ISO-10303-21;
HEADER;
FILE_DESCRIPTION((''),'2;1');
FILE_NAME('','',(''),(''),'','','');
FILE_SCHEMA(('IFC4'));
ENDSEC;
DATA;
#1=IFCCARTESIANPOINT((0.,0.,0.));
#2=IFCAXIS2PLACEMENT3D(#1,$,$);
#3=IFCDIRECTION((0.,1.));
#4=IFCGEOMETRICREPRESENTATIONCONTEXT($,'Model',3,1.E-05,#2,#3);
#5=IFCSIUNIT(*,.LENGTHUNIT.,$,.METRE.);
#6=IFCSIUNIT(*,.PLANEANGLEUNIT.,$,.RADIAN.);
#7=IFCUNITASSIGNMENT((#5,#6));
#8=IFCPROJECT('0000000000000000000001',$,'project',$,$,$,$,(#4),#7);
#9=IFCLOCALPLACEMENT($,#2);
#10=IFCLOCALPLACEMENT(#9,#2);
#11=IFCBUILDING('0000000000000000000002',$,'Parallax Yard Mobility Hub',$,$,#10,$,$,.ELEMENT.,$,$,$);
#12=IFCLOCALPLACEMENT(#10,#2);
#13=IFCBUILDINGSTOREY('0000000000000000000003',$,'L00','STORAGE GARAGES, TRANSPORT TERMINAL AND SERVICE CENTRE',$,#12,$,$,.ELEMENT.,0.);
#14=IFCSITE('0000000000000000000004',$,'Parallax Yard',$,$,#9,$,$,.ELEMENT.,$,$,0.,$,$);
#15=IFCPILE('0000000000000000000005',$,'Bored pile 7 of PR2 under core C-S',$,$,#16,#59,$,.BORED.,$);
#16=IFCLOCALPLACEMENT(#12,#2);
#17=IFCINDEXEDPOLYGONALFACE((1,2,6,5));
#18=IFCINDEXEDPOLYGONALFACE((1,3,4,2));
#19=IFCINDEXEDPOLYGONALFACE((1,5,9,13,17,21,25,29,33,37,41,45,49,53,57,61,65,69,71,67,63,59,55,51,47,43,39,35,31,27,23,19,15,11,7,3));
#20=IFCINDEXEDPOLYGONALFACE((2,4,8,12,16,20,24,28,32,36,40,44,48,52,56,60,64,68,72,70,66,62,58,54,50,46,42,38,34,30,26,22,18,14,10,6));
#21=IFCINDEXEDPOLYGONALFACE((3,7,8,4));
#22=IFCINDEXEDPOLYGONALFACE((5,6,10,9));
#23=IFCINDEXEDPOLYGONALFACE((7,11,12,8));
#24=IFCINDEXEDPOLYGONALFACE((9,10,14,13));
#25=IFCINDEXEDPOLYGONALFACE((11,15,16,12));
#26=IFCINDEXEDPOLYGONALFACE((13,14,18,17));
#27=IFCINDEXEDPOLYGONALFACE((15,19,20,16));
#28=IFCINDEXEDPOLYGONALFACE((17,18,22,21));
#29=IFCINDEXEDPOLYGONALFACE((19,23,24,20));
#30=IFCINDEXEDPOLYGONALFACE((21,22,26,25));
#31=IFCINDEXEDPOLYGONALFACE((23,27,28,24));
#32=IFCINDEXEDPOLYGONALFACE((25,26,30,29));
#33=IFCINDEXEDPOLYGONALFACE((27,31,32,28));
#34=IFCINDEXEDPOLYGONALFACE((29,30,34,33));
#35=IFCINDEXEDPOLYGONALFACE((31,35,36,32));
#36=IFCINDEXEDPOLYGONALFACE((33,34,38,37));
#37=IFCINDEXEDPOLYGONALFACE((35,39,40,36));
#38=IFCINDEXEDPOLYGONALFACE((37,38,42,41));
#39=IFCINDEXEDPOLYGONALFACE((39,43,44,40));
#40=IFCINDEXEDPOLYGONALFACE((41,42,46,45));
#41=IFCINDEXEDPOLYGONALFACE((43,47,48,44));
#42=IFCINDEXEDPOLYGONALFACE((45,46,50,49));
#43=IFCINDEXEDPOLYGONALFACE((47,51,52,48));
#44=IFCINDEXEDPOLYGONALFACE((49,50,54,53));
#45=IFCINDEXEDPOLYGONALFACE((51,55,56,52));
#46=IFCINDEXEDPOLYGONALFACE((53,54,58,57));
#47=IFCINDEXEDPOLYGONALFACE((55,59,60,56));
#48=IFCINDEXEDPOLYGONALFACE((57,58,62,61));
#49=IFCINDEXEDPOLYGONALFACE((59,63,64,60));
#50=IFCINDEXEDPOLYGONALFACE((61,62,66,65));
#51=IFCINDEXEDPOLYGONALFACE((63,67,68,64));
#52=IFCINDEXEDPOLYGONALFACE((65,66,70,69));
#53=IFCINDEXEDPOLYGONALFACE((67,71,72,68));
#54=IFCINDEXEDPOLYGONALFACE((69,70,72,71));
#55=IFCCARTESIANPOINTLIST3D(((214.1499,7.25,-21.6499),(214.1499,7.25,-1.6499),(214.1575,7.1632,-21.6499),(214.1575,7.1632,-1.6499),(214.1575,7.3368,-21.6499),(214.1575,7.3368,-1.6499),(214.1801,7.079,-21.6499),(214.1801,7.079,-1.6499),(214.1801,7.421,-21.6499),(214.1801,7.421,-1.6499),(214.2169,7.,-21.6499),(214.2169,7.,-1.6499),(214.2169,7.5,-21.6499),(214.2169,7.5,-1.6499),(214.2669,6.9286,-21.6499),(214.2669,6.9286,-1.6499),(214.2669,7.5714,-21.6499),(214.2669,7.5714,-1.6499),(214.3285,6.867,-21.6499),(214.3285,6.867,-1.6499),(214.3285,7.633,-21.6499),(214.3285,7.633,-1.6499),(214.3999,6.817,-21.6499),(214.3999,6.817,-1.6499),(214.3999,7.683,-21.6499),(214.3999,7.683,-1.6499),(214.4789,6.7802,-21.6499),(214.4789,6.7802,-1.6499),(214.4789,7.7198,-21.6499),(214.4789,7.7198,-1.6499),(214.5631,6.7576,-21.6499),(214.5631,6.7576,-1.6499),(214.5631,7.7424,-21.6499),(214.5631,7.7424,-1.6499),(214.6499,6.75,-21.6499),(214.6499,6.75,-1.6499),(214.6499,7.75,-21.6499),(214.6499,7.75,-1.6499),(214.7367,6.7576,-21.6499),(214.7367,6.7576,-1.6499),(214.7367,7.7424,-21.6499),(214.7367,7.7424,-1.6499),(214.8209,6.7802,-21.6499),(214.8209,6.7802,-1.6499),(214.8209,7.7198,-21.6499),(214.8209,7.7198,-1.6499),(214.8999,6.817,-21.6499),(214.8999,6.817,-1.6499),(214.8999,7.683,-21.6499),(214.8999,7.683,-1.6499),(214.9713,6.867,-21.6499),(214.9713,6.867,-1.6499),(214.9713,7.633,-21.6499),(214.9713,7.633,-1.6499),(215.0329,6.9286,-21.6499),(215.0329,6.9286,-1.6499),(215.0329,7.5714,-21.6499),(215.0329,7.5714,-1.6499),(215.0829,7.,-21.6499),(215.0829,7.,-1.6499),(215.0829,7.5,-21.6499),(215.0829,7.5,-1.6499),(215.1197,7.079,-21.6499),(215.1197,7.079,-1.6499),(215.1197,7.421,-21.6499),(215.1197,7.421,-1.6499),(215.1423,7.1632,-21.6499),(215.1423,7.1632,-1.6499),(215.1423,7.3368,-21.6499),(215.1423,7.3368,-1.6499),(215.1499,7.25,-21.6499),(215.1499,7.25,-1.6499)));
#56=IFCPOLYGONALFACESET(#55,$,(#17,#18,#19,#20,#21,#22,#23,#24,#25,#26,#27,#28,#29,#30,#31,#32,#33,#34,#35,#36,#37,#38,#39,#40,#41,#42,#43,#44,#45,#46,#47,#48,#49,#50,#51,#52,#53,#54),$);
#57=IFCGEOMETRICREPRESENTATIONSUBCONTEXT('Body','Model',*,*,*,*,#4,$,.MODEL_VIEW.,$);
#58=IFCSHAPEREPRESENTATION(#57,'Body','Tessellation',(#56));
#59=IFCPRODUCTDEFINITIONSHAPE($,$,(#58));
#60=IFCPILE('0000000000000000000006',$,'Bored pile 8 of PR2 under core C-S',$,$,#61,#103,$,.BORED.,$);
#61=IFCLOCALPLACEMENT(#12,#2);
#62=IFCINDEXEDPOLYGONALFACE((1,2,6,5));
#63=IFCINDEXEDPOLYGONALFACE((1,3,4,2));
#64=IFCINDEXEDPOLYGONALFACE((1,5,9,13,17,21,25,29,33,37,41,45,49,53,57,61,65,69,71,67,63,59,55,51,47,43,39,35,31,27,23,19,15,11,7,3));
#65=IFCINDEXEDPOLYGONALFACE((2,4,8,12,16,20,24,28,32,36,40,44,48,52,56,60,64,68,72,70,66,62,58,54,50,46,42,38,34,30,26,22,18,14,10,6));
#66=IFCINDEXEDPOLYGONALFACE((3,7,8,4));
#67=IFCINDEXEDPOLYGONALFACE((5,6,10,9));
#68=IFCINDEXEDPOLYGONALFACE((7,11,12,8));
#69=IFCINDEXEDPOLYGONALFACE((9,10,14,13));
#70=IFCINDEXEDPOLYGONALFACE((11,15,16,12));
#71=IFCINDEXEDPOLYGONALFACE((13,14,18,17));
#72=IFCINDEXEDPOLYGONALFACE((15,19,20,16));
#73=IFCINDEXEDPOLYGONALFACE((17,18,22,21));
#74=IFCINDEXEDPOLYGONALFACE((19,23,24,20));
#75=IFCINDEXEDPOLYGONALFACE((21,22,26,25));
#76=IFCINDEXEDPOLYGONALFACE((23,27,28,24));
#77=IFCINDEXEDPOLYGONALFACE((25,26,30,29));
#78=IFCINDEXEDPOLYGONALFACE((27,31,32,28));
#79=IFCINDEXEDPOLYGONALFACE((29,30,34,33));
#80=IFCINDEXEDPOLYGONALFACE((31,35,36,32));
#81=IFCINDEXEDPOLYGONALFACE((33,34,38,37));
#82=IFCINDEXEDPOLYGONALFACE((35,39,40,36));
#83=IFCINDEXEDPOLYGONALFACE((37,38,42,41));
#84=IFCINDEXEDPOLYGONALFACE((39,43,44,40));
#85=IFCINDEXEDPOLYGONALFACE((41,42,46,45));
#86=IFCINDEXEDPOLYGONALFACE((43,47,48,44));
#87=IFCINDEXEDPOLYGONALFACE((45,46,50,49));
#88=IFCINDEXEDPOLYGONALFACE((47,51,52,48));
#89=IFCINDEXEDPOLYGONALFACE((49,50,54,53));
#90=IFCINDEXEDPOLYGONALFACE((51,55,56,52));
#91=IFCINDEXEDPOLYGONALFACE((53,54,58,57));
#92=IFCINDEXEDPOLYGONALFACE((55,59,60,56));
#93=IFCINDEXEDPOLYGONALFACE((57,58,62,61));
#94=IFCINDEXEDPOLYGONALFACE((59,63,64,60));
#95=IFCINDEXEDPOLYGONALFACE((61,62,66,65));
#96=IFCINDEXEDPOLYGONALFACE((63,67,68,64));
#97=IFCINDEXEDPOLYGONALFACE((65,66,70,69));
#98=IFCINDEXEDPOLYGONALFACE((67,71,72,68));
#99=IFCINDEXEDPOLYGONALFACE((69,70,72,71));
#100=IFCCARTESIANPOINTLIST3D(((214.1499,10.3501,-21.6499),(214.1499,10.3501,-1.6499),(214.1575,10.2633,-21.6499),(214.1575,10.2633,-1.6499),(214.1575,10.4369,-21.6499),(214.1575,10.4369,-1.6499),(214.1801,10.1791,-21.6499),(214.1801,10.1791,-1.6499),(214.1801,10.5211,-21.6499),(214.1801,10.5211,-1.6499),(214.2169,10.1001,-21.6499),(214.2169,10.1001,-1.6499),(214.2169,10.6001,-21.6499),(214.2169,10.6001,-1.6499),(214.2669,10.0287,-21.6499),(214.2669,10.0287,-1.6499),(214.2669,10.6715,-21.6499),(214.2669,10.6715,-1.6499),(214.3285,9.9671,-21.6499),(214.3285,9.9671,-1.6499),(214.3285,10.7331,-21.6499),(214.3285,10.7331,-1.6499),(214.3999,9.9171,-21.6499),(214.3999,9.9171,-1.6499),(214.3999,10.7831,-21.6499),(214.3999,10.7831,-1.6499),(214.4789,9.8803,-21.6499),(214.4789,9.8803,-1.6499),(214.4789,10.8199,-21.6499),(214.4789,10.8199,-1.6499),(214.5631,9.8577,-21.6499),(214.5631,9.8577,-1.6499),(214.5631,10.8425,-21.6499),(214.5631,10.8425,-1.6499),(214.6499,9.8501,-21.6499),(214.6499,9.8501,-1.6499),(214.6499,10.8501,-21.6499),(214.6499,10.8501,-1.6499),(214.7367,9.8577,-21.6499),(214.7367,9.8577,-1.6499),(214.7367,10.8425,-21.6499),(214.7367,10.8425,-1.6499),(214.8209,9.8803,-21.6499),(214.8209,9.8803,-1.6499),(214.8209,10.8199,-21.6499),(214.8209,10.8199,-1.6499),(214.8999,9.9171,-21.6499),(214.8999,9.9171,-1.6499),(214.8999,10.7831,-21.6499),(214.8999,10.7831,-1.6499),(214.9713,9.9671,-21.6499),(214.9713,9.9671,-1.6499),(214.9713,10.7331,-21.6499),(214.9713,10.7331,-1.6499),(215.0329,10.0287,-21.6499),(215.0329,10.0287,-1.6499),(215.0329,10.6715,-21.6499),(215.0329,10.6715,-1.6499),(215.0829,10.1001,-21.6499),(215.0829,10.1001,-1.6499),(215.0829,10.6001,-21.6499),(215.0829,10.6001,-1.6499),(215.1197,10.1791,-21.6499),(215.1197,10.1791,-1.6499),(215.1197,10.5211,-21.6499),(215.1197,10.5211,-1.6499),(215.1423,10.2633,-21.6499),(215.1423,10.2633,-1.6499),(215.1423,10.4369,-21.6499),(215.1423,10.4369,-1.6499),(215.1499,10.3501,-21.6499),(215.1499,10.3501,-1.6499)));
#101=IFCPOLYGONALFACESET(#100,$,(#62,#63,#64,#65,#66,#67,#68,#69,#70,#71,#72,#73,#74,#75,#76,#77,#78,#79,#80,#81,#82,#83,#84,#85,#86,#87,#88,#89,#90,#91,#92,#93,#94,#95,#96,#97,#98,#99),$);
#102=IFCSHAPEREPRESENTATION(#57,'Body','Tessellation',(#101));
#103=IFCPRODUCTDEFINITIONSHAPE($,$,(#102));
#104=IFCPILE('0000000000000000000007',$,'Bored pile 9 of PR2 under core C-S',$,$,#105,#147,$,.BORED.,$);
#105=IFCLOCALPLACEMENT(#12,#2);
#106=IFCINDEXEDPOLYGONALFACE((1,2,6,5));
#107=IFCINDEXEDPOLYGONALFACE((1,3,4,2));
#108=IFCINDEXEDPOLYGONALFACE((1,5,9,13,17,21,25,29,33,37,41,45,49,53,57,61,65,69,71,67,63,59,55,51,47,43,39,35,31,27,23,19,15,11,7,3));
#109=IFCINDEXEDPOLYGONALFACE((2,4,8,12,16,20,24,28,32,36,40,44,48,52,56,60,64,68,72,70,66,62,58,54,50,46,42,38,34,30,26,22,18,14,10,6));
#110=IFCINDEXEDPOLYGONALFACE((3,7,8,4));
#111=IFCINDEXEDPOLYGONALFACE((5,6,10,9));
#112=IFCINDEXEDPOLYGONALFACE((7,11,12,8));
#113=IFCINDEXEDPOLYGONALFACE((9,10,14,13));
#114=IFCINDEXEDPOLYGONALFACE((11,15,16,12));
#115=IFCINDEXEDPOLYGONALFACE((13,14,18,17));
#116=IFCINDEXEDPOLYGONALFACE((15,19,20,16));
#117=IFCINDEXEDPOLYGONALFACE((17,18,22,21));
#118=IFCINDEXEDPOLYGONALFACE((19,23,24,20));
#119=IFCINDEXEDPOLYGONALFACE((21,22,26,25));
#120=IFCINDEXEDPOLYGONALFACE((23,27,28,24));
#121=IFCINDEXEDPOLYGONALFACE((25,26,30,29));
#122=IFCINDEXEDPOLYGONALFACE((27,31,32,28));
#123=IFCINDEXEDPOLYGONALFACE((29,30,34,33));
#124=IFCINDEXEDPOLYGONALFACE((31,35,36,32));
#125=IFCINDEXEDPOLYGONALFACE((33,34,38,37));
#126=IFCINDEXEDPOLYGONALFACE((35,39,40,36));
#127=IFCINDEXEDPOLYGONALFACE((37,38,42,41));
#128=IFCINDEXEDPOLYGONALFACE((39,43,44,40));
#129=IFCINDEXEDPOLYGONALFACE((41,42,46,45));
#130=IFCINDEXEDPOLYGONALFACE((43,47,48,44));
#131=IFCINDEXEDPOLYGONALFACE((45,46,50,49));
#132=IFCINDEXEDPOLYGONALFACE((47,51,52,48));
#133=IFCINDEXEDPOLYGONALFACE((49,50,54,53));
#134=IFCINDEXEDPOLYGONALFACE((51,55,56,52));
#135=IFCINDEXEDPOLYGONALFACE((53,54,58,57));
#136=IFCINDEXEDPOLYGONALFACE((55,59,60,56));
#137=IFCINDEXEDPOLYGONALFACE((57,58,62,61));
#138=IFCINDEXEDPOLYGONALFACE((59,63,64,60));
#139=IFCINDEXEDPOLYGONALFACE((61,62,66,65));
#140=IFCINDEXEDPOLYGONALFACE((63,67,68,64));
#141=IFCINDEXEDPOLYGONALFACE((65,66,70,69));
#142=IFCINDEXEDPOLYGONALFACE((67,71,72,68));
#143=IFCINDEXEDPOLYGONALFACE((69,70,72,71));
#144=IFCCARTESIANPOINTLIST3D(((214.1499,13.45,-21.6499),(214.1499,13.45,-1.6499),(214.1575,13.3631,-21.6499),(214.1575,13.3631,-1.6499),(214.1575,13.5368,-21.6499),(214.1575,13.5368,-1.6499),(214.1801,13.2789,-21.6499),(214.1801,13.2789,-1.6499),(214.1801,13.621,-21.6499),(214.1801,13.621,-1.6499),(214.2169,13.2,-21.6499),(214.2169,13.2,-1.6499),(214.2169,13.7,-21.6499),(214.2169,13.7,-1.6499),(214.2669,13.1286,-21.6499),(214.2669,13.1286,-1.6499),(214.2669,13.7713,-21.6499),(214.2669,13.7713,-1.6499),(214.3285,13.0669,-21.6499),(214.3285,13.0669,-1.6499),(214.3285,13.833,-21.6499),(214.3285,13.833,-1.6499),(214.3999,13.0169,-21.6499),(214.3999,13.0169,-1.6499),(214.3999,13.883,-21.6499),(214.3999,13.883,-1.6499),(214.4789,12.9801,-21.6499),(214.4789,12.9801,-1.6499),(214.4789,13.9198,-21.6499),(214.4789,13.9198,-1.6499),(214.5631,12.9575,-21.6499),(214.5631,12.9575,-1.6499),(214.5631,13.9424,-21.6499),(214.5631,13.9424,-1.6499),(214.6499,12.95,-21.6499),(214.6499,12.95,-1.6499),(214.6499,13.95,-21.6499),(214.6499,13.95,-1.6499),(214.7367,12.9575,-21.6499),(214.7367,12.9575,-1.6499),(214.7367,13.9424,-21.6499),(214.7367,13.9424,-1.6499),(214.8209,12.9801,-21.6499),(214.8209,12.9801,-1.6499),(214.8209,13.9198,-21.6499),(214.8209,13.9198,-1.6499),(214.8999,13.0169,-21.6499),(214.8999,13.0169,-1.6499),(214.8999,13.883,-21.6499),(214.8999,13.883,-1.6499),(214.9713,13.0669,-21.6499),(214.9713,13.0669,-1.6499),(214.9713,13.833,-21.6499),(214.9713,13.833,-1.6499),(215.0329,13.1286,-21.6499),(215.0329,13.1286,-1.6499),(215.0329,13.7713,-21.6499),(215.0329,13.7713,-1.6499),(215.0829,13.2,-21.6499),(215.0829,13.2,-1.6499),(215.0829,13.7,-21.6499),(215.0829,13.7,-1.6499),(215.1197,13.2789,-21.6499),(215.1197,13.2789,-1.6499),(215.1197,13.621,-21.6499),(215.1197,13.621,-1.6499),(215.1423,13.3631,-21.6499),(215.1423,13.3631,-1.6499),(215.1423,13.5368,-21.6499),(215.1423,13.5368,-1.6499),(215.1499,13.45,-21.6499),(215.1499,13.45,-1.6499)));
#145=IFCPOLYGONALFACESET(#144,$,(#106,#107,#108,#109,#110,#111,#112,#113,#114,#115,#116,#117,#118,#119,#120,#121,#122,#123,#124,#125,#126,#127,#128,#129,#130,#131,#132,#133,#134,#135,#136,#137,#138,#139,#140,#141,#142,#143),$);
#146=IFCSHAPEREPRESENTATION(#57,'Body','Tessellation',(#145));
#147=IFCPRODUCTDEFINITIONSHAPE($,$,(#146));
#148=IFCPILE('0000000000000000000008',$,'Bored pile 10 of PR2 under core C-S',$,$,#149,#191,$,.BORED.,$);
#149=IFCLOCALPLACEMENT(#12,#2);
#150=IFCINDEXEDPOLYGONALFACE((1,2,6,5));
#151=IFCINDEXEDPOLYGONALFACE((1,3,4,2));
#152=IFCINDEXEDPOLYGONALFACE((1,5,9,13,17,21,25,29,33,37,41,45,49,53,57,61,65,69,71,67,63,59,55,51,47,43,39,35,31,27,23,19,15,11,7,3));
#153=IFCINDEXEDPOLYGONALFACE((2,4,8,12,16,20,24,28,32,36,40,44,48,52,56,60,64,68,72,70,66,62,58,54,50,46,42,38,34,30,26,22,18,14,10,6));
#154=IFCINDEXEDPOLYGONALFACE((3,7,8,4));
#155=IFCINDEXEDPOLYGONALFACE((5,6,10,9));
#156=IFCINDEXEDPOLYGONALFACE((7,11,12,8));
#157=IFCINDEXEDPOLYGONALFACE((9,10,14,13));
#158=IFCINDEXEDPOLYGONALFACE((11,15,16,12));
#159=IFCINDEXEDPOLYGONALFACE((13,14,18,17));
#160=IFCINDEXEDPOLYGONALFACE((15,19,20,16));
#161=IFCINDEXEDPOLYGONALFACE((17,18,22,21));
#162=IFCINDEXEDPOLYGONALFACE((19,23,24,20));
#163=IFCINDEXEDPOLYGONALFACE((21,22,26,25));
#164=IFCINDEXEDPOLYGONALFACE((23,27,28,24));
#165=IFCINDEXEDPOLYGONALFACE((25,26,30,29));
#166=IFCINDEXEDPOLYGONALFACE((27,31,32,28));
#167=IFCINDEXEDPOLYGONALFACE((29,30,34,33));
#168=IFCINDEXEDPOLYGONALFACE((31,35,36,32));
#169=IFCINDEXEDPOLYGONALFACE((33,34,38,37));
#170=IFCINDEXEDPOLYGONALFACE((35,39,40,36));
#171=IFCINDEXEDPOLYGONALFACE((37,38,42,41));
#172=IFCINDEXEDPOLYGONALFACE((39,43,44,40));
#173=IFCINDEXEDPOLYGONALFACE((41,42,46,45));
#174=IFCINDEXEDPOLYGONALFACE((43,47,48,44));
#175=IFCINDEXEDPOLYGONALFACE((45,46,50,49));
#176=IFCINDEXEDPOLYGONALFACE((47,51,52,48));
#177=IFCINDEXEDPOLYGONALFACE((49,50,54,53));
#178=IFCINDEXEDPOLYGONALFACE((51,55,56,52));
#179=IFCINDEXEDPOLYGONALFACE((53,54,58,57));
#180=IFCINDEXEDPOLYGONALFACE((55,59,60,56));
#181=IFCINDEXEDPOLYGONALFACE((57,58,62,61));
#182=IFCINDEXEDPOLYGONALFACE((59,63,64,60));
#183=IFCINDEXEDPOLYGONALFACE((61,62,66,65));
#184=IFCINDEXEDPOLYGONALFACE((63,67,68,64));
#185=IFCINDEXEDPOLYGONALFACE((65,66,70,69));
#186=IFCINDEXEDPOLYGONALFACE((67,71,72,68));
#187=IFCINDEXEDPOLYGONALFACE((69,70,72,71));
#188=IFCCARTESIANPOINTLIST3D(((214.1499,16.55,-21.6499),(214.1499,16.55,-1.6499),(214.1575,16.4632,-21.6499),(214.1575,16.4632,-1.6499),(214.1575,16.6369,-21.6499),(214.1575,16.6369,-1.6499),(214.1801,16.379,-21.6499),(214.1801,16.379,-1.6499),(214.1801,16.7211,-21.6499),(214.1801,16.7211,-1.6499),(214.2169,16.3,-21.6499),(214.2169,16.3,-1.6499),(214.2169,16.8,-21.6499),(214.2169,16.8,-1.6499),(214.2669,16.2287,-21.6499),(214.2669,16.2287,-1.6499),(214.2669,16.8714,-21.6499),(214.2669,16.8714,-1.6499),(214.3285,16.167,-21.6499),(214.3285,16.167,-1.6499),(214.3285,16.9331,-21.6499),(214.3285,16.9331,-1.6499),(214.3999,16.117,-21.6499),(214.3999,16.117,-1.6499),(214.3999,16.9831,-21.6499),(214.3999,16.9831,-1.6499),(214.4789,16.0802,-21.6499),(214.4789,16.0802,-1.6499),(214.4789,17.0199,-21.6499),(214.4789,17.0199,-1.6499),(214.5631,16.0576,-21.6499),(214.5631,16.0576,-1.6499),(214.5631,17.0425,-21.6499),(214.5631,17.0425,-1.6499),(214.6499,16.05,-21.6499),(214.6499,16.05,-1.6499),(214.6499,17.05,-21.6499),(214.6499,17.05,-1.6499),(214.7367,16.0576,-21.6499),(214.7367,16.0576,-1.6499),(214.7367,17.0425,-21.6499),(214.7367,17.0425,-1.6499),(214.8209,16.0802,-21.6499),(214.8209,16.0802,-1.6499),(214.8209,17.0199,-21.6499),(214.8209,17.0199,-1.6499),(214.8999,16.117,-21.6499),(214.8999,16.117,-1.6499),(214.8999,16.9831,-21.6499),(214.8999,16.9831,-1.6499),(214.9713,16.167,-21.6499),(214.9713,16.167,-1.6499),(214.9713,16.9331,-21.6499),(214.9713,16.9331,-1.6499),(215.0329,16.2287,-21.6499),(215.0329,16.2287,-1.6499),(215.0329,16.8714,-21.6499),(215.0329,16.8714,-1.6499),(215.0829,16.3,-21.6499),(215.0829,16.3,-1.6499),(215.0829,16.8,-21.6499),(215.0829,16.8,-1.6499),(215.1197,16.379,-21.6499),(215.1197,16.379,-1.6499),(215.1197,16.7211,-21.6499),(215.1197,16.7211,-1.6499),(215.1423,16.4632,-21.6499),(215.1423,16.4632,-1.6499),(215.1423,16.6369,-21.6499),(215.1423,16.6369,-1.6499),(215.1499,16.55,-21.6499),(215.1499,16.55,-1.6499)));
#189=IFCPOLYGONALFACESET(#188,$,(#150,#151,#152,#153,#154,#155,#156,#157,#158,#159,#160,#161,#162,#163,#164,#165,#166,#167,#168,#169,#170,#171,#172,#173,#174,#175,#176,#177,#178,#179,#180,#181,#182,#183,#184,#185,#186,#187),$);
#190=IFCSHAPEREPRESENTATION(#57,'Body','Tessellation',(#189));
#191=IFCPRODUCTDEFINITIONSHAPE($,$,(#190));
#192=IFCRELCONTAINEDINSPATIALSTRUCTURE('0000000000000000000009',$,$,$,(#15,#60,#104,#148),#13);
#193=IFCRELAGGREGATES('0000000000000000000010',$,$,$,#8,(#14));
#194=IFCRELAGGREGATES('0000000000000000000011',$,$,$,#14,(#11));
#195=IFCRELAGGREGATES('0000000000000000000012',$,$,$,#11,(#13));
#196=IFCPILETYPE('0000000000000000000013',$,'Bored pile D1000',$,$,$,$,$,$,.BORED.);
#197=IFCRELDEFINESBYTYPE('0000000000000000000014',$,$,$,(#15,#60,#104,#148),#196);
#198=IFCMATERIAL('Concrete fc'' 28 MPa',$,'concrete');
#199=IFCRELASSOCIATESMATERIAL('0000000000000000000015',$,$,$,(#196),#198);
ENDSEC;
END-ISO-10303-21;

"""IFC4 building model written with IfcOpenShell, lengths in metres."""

from ifc_helpers import new_model, si_unit, direction, frame, origin, origin_2d, place, context, subcontext, project, spatial, circle, extrude, material, material_profile, profile_set, type_object, element, save


model = new_model("IFC4")

# Units and contexts
model_context = context("Model", 3, precision=1e-05, world=origin(), true_north=direction((0.0, 1.0)))
body_context = subcontext(model_context, "Body", "Model", "MODEL_VIEW")
ifc_project = project(units=[si_unit("LENGTHUNIT", "METRE"), si_unit("PLANEANGLEUNIT", "RADIAN")], contexts=[model_context])

# Site, building, storey
site_placement = place(None, origin())
site = spatial("IfcSite", under=ifc_project, at=site_placement, Name="Parallax Yard", CompositionType="ELEMENT", RefElevation=0.0)
building_placement = place(site_placement, origin())
building = spatial("IfcBuilding", under=site, at=building_placement, Name="Parallax Yard Mobility Hub", CompositionType="ELEMENT")
storey_placement = place(building_placement, origin())
storey = spatial("IfcBuildingStorey", under=building, at=storey_placement, Name="L00", Description="STORAGE GARAGES, TRANSPORT TERMINAL AND SERVICE CENTRE", CompositionType="ELEMENT", Elevation=0.0)

# Piles
ifc_material_1 = material(Name="Concrete fc' 28 MPa", Category="concrete")
ifc_material_profile = material_profile(ifc_material_1, circle(Radius=0.5, at=origin_2d()), Name="Bored pile D1000")
ifc_profile_set = profile_set([ifc_material_profile], Name="Concrete fc' 28 MPa")
pile_type = type_object("IfcPileType", Name="Bored pile D1000", PredefinedType="BORED", material=ifc_profile_set)
for number, where, z_axis, x_axis, name in (
    (1, (214.6499, 7.25, -1.6499), (0.0, 0.0, -1.0), (1.0, 0.0, 0.0), "Bored pile 7 of PR2 under core C-S"),
    (2, (214.6499, 10.3501, -1.6499), (0.0, 0.0, -1.0), (1.0, 0.0, 0.0), "Bored pile 8 of PR2 under core C-S"),
    (3, (214.6499, 13.45, -1.6499), (0.0, 0.0, -1.0), (1.0, 0.0, 0.0), "Bored pile 9 of PR2 under core C-S"),
    (4, (214.6499, 16.55, -1.6499), (0.0, 0.0, -1.0), (1.0, 0.0, 0.0), "Bored pile 10 of PR2 under core C-S"),
):
    element("IfcPile", number, at=place(storey_placement, frame(where, z_axis=z_axis, x_axis=x_axis)), inside=storey, type_object=pile_type, Name=name, PredefinedType="BORED", context=body_context, shape_type="SweptSolid", body=[
        extrude(circle(Radius=0.5, at=origin_2d()), origin(), (0.0, 0.0, 1.0), 20.0),
    ])

save(model, "model.ifc")
